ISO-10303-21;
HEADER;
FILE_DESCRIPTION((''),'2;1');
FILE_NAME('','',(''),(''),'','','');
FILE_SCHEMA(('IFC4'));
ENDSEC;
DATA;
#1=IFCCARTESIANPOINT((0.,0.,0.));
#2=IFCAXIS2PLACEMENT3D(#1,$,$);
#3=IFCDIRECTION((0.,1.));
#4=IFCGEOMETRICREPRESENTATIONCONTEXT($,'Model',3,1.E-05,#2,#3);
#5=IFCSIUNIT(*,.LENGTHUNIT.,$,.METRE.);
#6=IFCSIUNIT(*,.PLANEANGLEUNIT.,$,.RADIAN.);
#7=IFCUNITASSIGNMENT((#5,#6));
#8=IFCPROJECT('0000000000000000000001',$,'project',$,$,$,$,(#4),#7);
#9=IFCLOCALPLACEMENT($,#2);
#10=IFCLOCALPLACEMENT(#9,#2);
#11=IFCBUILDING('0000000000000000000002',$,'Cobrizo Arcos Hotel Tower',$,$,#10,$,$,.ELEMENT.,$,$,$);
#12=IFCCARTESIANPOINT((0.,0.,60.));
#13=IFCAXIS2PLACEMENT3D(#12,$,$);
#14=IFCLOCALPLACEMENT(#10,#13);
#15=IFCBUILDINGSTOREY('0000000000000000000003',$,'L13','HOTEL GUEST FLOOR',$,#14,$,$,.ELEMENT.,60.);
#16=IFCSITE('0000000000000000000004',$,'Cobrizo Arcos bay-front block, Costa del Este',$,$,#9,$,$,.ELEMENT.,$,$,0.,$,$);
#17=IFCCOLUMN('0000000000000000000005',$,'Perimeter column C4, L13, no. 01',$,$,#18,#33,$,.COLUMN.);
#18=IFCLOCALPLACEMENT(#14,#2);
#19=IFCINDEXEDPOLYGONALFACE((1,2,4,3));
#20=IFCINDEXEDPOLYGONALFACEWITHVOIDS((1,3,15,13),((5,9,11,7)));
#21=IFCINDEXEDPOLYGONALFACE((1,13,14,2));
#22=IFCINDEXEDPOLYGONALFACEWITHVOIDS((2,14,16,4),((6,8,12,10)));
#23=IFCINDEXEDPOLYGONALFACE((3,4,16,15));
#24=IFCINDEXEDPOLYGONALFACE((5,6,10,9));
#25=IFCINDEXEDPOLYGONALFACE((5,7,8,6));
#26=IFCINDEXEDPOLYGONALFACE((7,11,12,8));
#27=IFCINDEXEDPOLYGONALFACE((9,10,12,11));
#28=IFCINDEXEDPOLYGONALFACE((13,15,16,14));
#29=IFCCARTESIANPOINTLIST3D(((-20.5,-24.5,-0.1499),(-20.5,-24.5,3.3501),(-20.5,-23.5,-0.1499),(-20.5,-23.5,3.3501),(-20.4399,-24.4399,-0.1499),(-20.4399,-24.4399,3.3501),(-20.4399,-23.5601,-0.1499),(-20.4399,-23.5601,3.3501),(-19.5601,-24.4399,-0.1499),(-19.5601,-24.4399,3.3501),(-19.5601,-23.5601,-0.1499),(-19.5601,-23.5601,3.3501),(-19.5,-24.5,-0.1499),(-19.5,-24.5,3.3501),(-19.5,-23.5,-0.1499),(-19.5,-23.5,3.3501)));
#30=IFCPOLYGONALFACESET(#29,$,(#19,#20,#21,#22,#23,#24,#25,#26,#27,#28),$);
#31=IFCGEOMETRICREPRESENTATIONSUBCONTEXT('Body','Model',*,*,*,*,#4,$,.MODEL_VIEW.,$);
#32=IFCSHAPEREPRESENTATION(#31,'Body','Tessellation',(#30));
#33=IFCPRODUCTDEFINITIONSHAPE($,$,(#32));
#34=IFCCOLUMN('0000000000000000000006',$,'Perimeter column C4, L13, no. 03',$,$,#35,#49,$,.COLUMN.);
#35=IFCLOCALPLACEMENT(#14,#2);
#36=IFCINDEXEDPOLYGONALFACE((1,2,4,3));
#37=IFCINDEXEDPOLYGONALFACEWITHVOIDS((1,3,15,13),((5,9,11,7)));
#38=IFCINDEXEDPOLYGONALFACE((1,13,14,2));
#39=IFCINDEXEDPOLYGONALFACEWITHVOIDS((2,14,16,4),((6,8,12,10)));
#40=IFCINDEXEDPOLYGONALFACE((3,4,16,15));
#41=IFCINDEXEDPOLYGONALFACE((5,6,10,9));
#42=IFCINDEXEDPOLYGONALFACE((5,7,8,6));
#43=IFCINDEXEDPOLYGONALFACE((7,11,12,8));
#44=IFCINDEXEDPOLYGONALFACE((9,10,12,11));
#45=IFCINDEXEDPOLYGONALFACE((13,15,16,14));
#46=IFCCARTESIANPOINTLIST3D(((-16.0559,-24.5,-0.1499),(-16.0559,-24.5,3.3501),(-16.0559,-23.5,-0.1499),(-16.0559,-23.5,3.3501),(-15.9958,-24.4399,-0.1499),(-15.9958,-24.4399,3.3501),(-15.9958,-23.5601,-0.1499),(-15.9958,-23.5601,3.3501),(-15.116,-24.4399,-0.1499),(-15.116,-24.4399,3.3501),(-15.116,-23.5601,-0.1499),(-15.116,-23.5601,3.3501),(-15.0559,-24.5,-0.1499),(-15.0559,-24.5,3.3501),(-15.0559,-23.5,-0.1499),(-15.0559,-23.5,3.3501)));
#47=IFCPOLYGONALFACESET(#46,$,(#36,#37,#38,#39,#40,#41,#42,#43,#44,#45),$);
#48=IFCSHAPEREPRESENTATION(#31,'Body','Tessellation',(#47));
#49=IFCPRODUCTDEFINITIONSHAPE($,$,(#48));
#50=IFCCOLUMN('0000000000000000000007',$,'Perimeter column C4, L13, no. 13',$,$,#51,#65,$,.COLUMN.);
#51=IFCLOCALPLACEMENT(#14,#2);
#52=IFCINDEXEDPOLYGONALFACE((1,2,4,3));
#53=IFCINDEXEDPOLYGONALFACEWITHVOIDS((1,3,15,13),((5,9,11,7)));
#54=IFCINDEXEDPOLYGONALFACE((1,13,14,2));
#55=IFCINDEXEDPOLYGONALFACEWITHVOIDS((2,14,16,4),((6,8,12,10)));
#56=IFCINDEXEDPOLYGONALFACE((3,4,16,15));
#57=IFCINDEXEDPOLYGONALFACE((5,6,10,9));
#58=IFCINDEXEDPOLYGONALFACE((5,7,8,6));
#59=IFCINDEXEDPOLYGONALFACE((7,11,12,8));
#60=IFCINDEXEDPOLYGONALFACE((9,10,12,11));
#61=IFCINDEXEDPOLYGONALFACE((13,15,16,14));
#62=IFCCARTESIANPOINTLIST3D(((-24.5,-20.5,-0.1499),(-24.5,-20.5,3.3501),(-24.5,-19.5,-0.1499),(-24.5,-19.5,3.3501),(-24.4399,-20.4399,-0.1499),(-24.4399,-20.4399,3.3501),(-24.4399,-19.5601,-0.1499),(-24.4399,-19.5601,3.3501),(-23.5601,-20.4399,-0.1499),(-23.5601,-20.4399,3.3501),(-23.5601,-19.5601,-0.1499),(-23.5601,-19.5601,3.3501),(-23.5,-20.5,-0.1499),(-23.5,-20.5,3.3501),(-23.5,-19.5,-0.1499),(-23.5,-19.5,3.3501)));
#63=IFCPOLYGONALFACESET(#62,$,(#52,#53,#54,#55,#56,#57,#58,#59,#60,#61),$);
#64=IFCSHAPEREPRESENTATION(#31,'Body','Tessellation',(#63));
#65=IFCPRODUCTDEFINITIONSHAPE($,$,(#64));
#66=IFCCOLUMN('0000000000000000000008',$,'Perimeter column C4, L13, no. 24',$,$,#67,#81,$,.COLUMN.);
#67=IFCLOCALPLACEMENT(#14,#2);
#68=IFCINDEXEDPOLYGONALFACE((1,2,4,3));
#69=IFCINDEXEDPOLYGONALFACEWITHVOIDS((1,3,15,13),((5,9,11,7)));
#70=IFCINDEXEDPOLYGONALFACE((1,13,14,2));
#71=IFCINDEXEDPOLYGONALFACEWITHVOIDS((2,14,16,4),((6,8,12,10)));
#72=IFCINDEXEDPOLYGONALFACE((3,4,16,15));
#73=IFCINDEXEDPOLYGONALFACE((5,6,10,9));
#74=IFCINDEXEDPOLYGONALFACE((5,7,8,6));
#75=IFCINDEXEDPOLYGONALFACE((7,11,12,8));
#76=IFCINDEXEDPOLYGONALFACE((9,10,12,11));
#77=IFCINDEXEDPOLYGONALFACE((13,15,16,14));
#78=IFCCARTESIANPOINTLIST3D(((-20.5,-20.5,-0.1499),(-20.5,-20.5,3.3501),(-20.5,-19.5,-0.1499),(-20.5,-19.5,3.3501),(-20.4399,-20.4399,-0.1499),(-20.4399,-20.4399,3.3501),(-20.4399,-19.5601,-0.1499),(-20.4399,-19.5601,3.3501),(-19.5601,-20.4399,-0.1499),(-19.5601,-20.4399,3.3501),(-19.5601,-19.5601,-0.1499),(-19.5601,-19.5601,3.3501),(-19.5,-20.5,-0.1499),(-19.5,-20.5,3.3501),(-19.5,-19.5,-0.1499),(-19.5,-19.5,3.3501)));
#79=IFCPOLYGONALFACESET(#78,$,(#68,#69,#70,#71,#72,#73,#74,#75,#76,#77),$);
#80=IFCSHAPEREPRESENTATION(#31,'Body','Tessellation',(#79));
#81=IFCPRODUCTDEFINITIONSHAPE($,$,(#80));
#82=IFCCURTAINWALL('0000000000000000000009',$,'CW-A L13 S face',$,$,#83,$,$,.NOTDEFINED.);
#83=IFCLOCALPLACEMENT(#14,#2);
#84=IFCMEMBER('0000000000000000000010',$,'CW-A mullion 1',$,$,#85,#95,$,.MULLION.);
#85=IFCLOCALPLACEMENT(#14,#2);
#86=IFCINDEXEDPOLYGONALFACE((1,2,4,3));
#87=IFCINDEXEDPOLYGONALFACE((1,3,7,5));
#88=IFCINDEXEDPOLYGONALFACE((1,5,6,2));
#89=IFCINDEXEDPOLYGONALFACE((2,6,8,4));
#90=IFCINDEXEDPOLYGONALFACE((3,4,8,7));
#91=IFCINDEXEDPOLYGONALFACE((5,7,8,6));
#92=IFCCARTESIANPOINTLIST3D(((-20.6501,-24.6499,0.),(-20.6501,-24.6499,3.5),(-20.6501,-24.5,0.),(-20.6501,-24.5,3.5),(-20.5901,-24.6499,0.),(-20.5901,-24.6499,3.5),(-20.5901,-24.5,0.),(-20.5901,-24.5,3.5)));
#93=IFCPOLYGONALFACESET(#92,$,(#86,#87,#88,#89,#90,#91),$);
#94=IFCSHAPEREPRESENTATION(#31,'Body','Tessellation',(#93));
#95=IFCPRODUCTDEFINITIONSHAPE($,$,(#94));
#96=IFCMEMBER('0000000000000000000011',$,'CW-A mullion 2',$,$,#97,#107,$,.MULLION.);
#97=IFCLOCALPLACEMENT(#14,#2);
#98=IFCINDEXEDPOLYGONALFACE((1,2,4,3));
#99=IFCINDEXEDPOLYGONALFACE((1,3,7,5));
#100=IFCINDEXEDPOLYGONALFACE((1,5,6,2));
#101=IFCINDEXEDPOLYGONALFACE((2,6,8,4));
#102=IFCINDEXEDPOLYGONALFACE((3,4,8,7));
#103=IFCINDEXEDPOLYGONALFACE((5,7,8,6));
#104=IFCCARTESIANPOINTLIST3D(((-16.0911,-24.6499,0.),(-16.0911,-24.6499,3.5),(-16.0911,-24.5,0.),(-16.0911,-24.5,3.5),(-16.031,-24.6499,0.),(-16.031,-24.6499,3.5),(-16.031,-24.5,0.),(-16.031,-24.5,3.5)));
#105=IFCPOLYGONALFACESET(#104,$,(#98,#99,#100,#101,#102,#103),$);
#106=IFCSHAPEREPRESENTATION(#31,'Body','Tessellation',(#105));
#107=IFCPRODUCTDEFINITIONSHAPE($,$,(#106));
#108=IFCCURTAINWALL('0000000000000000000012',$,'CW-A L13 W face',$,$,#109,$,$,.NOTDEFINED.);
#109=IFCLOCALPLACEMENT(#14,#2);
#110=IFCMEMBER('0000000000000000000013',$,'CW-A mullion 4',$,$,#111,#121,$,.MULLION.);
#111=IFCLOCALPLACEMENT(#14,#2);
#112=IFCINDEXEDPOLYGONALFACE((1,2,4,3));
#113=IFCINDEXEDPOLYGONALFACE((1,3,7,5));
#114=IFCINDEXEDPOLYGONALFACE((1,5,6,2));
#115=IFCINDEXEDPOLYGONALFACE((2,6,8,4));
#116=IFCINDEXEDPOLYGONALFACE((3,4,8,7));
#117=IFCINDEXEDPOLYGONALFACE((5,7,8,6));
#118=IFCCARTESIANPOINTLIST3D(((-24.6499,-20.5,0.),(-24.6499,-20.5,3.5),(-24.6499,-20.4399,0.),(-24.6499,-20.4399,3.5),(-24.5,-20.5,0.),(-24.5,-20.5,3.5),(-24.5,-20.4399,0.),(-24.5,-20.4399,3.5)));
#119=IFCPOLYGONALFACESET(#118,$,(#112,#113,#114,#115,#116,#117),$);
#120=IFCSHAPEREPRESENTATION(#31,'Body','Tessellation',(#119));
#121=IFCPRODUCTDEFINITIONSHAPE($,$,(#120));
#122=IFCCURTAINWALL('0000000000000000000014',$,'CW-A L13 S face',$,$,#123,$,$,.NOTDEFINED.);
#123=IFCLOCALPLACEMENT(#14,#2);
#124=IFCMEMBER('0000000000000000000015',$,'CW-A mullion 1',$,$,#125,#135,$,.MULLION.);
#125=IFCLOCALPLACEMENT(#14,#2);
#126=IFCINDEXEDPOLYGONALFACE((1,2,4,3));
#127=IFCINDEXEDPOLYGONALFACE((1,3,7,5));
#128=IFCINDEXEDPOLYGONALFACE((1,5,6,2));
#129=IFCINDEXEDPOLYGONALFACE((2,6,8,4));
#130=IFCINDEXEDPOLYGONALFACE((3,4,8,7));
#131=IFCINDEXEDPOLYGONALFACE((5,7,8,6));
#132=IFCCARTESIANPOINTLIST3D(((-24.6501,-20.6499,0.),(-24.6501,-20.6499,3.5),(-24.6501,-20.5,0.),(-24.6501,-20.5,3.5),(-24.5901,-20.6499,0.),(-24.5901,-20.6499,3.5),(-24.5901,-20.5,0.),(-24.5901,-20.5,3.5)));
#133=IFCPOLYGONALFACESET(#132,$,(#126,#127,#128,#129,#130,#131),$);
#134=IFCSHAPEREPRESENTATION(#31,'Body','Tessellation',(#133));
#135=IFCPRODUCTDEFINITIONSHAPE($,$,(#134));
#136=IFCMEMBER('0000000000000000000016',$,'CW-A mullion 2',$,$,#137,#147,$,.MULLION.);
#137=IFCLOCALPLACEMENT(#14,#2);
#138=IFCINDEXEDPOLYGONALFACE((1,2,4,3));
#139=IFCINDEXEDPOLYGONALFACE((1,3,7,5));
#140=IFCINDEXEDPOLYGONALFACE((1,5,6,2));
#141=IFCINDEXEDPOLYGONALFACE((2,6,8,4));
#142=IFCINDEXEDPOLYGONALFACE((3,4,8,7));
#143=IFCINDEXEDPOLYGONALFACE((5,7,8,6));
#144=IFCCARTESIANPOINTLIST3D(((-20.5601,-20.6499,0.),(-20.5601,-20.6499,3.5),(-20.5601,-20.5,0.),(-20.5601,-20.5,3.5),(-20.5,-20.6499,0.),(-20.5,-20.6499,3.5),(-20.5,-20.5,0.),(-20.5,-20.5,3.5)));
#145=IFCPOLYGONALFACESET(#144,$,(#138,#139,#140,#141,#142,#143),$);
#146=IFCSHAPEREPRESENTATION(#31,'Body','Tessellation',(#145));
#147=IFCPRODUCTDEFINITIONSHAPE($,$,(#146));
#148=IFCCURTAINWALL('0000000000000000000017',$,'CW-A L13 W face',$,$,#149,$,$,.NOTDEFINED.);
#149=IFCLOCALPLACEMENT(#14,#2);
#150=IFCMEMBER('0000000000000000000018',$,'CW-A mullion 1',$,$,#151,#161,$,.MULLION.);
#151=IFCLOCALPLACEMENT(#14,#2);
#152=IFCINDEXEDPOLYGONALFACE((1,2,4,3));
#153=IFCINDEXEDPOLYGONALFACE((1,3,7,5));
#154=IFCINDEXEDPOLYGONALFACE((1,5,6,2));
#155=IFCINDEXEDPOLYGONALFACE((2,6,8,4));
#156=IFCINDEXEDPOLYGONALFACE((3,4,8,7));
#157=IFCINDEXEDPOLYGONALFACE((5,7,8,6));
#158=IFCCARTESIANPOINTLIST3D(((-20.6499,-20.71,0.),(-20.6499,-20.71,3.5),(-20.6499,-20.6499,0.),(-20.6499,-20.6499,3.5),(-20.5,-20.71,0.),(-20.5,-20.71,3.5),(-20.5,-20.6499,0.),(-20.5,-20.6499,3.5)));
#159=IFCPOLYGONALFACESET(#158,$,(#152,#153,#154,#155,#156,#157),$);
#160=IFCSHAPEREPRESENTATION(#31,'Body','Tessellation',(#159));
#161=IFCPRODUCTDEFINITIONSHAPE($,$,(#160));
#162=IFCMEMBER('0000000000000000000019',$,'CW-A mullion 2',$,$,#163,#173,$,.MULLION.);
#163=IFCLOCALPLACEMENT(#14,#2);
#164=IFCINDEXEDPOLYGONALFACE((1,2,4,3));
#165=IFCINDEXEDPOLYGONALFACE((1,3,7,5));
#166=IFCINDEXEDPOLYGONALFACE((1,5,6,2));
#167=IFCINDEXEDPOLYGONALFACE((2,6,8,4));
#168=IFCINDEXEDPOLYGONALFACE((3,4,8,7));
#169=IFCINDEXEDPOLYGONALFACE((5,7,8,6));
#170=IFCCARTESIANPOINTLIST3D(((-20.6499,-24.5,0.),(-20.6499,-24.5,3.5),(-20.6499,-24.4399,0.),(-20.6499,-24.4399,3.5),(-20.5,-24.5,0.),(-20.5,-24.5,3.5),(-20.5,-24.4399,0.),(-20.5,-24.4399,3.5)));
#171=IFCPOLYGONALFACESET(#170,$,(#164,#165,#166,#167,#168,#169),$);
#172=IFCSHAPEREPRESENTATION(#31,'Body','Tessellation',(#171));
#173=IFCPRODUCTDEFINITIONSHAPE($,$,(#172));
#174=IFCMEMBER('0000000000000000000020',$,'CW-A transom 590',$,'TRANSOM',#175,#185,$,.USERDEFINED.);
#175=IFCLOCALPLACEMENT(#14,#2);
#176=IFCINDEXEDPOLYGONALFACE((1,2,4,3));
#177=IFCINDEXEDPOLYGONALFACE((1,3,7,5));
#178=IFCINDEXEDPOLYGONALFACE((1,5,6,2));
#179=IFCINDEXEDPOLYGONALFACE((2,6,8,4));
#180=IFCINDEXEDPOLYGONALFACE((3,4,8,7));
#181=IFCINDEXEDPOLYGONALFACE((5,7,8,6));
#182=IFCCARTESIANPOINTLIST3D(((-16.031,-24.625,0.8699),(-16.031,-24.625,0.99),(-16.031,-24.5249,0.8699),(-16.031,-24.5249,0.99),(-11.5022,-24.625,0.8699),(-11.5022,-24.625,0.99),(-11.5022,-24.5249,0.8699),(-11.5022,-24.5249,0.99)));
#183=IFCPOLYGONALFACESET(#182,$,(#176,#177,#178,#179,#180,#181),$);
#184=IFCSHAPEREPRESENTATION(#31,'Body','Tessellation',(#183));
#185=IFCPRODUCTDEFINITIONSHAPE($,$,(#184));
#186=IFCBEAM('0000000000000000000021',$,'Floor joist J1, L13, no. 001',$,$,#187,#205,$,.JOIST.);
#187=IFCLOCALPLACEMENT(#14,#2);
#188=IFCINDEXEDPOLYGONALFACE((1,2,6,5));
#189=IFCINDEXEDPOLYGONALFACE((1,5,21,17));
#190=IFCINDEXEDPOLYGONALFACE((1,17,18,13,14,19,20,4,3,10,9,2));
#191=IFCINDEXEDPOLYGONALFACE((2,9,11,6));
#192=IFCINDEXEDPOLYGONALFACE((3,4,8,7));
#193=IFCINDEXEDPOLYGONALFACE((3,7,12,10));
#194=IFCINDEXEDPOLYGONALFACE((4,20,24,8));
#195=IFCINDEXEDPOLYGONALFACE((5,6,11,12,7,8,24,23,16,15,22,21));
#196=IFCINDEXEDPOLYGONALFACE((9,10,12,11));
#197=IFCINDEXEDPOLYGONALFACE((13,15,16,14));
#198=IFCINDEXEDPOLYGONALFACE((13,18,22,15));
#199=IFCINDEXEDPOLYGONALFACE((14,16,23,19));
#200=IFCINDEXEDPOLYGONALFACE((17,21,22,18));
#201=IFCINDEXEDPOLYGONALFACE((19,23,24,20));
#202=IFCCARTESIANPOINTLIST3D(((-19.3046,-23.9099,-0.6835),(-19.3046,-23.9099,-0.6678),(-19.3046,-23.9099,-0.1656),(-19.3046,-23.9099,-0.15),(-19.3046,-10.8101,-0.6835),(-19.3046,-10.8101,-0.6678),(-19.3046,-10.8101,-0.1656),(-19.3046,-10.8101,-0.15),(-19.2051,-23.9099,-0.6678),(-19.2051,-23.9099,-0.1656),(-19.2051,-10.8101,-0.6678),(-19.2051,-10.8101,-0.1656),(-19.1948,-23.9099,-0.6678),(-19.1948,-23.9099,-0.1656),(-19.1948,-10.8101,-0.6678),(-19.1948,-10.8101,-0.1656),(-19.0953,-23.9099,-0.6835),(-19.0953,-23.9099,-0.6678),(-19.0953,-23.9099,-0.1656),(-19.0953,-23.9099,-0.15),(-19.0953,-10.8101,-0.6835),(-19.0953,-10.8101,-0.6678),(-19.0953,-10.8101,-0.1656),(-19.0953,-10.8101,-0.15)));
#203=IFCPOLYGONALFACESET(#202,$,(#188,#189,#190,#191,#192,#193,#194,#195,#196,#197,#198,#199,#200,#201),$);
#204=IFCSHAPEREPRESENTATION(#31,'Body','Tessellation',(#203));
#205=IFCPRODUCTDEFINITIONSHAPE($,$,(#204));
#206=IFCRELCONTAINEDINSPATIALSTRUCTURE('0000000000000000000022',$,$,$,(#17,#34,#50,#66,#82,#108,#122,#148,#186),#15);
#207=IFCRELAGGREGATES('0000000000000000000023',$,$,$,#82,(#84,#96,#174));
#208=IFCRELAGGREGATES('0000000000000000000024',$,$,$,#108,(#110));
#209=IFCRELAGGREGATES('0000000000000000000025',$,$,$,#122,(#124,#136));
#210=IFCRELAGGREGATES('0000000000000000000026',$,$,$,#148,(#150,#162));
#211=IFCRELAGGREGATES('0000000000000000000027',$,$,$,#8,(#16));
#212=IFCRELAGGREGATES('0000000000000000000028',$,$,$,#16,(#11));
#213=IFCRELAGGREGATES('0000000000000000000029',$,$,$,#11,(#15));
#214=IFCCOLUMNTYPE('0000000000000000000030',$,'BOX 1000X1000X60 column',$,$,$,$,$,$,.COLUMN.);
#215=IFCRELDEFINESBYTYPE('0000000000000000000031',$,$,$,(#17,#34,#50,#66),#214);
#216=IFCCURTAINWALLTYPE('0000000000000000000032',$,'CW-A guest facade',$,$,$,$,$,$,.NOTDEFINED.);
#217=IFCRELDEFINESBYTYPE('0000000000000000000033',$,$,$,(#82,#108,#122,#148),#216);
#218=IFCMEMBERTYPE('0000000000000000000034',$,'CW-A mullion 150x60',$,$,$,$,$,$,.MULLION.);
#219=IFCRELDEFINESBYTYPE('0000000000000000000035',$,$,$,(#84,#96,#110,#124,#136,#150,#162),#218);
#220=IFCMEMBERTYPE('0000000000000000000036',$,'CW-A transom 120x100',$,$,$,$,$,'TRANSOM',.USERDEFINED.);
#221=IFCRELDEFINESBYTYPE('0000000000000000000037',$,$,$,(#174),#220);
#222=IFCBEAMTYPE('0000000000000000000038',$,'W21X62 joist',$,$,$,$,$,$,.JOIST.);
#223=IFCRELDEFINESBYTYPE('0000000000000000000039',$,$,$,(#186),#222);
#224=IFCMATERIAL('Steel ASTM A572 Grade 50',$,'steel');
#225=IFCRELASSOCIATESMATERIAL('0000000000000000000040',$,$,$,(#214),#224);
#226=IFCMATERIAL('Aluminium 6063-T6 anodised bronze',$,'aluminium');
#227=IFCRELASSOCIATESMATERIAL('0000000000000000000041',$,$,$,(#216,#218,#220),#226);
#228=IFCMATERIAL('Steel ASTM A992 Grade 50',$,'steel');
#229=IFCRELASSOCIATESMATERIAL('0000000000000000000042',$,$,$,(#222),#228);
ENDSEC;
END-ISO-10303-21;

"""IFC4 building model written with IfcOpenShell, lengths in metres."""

from ifc_helpers import new_model, si_unit, direction, frame, origin, origin_2d, place, context, subcontext, project, spatial, rectangle, hollow_rectangle, i_section, extrude, material, material_profile, profile_set, type_object, element, aggregate, save


model = new_model("IFC4")

# Units and contexts
model_context = context("Model", 3, precision=1e-05, world=origin(), true_north=direction((0.0, 1.0)))
body_context = subcontext(model_context, "Body", "Model", "MODEL_VIEW")
ifc_project = project(units=[si_unit("LENGTHUNIT", "METRE"), si_unit("PLANEANGLEUNIT", "RADIAN")], contexts=[model_context])

# Site, building, storey
site_placement = place(None, origin())
site = spatial("IfcSite", under=ifc_project, at=site_placement, Name="Cobrizo Arcos bay-front block, Costa del Este", CompositionType="ELEMENT", RefElevation=0.0)
building_placement = place(site_placement, origin())
building = spatial("IfcBuilding", under=site, at=building_placement, Name="Cobrizo Arcos Hotel Tower", CompositionType="ELEMENT")
storey_placement = place(building_placement, frame((0.0, 0.0, 60.0)))
storey = spatial("IfcBuildingStorey", under=building, at=storey_placement, Name="L13", Description="HOTEL GUEST FLOOR", CompositionType="ELEMENT", Elevation=60.0)

# Columns
ifc_material_1 = material(Name="Steel ASTM A572 Grade 50", Category="steel")
ifc_material_profile_1 = material_profile(ifc_material_1, hollow_rectangle(XDim=1.0, YDim=1.0, WallThickness=0.0601, at=origin_2d()), Name="BOX 1000X1000X60")
ifc_profile_set_1 = profile_set([ifc_material_profile_1], Name="Steel ASTM A572 Grade 50")
column_type = type_object("IfcColumnType", Name="BOX 1000X1000X60 column", PredefinedType="COLUMN", material=ifc_profile_set_1)
for number, where, z_axis, x_axis, name in (
    (1, (-20.0, -24.0, -0.1499), (0.0, 0.0, 1.0), (1.0, 0.0, 0.0), "Perimeter column C4, L13, no. 01"),
    (2, (-15.5559, -24.0, -0.1499), (0.0, 0.0, 1.0), (1.0, 0.0, 0.0), "Perimeter column C4, L13, no. 03"),
    (3, (-24.0, -20.0, -0.1499), (0.0, 0.0, 1.0), (1.0, 0.0, 0.0), "Perimeter column C4, L13, no. 13"),
    (4, (-20.0, -20.0, -0.1499), (0.0, 0.0, 1.0), (1.0, 0.0, 0.0), "Perimeter column C4, L13, no. 24"),
):
    element("IfcColumn", number, at=place(storey_placement, frame(where, z_axis=z_axis, x_axis=x_axis)), inside=storey, type_object=column_type, Name=name, PredefinedType="COLUMN", context=body_context, shape_type="SweptSolid", body=[
        extrude(hollow_rectangle(XDim=1.0, YDim=1.0, WallThickness=0.0601, at=origin_2d()), origin(), (0.0, 0.0, 1.0), 3.5),
    ])

# Curtain wall, members
ifc_material_2 = material(Name="Aluminium 6063-T6 anodised bronze", Category="aluminium")
curtain_wall_type = type_object("IfcCurtainWallType", Name="CW-A guest facade", PredefinedType="NOTDEFINED", material=ifc_material_2)
curtain_wall_1_placement = place(storey_placement, origin())
curtain_wall_1 = element("IfcCurtainWall", 5, at=curtain_wall_1_placement, inside=storey, type_object=curtain_wall_type, Name="CW-A L13 S face", PredefinedType="NOTDEFINED")
ifc_material_profile_2 = material_profile(ifc_material_2, rectangle(XDim=0.1499, YDim=0.0601, at=origin_2d()), Name="CW-A mullion 150x60")
ifc_profile_set_2 = profile_set([ifc_material_profile_2], Name="Aluminium 6063-T6 anodised bronze")
member_type_1 = type_object("IfcMemberType", Name="CW-A mullion 150x60", PredefinedType="MULLION", material=ifc_profile_set_2)
member_1_placement = place(storey_placement, frame((-20.6201, -24.575, 0.0), z_axis=(0.0, 0.0, 1.0), x_axis=(0.0, -1.0, 0.0)))
member_1 = element("IfcMember", 6, at=member_1_placement, type_object=member_type_1, Name="CW-A mullion 1", PredefinedType="MULLION", context=body_context, shape_type="SweptSolid", body=[
    extrude(rectangle(XDim=0.1499, YDim=0.0601, at=origin_2d()), origin(), (0.0, 0.0, 1.0), 3.5),
])
member_2_placement = place(storey_placement, frame((-16.061, -24.575, 0.0), z_axis=(0.0, 0.0, 1.0), x_axis=(0.0, -1.0, 0.0)))
member_2 = element("IfcMember", 7, at=member_2_placement, type_object=member_type_1, Name="CW-A mullion 2", PredefinedType="MULLION", context=body_context, shape_type="SweptSolid", body=[
    extrude(rectangle(XDim=0.1499, YDim=0.0601, at=origin_2d()), origin(), (0.0, 0.0, 1.0), 3.5),
])

# Curtain wall, member
curtain_wall_2_placement = place(storey_placement, origin())
curtain_wall_2 = element("IfcCurtainWall", 8, at=curtain_wall_2_placement, inside=storey, type_object=curtain_wall_type, Name="CW-A L13 W face", PredefinedType="NOTDEFINED")
member_3_placement = place(storey_placement, frame((-24.575, -20.47, 0.0), z_axis=(0.0, 0.0, 1.0), x_axis=(-1.0, 0.0, 0.0)))
member_3 = element("IfcMember", 9, at=member_3_placement, type_object=member_type_1, Name="CW-A mullion 4", PredefinedType="MULLION", context=body_context, shape_type="SweptSolid", body=[
    extrude(rectangle(XDim=0.1499, YDim=0.0601, at=origin_2d()), origin(), (0.0, 0.0, 1.0), 3.5),
])

# Curtain walls, members
curtain_wall_3_placement = place(storey_placement, origin())
curtain_wall_3 = element("IfcCurtainWall", 10, at=curtain_wall_3_placement, inside=storey, type_object=curtain_wall_type, Name="CW-A L13 S face", PredefinedType="NOTDEFINED")
member_4_placement = place(storey_placement, frame((-24.6201, -20.575, 0.0), z_axis=(0.0, 0.0, 1.0), x_axis=(0.0, -1.0, 0.0)))
member_4 = element("IfcMember", 11, at=member_4_placement, type_object=member_type_1, Name="CW-A mullion 1", PredefinedType="MULLION", context=body_context, shape_type="SweptSolid", body=[
    extrude(rectangle(XDim=0.1499, YDim=0.0601, at=origin_2d()), origin(), (0.0, 0.0, 1.0), 3.5),
])
member_5_placement = place(storey_placement, frame((-20.53, -20.575, 0.0), z_axis=(0.0, 0.0, 1.0), x_axis=(0.0, -1.0, 0.0)))
member_5 = element("IfcMember", 12, at=member_5_placement, type_object=member_type_1, Name="CW-A mullion 2", PredefinedType="MULLION", context=body_context, shape_type="SweptSolid", body=[
    extrude(rectangle(XDim=0.1499, YDim=0.0601, at=origin_2d()), origin(), (0.0, 0.0, 1.0), 3.5),
])
curtain_wall_4_placement = place(storey_placement, origin())
curtain_wall_4 = element("IfcCurtainWall", 13, at=curtain_wall_4_placement, inside=storey, type_object=curtain_wall_type, Name="CW-A L13 W face", PredefinedType="NOTDEFINED")
member_6_placement = place(storey_placement, frame((-20.575, -20.6799, 0.0), z_axis=(0.0, 0.0, 1.0), x_axis=(-1.0, 0.0, 0.0)))
member_6 = element("IfcMember", 14, at=member_6_placement, type_object=member_type_1, Name="CW-A mullion 1", PredefinedType="MULLION", context=body_context, shape_type="SweptSolid", body=[
    extrude(rectangle(XDim=0.1499, YDim=0.0601, at=origin_2d()), origin(), (0.0, 0.0, 1.0), 3.5),
])
member_7_placement = place(storey_placement, frame((-20.575, -24.47, 0.0), z_axis=(0.0, 0.0, 1.0), x_axis=(-1.0, 0.0, 0.0)))
member_7 = element("IfcMember", 15, at=member_7_placement, type_object=member_type_1, Name="CW-A mullion 2", PredefinedType="MULLION", context=body_context, shape_type="SweptSolid", body=[
    extrude(rectangle(XDim=0.1499, YDim=0.0601, at=origin_2d()), origin(), (0.0, 0.0, 1.0), 3.5),
])

# Member
ifc_material_profile_3 = material_profile(ifc_material_2, rectangle(XDim=0.1001, YDim=0.1201, at=origin_2d()), Name="CW-A transom 120x100")
ifc_profile_set_3 = profile_set([ifc_material_profile_3], Name="Aluminium 6063-T6 anodised bronze")
member_type_2 = type_object("IfcMemberType", Name="CW-A transom 120x100", ElementType="TRANSOM", PredefinedType="USERDEFINED", material=ifc_profile_set_3)
member_8_placement = place(storey_placement, frame((-16.031, -24.575, 0.9299), z_axis=(1.0, 0.0, 0.0), x_axis=(0.0, 1.0, 0.0)))
member_8 = element("IfcMember", 16, at=member_8_placement, type_object=member_type_2, Name="CW-A transom 590", ObjectType="TRANSOM", PredefinedType="USERDEFINED", context=body_context, shape_type="SweptSolid", body=[
    extrude(rectangle(XDim=0.1001, YDim=0.1201, at=origin_2d()), origin(), (0.0, 0.0, 1.0), 4.5288),
])

# Beam
ifc_material_3 = material(Name="Steel ASTM A992 Grade 50", Category="steel")
ifc_material_profile_4 = material_profile(ifc_material_3, i_section(OverallWidth=0.2092, OverallDepth=0.5334, WebThickness=0.0103, FlangeThickness=0.0156, at=origin_2d()), Name="W21X62")
ifc_profile_set_4 = profile_set([ifc_material_profile_4], Name="Steel ASTM A992 Grade 50")
beam_type_1 = type_object("IfcBeamType", Name="W21X62 joist", PredefinedType="JOIST", material=ifc_profile_set_4)
beam_placement = place(storey_placement, frame((-19.2, -23.9099, -0.4167), z_axis=(0.0, 1.0, 0.0), x_axis=(-1.0, 0.0, 0.0)))
element("IfcBeam", 17, at=beam_placement, inside=storey, type_object=beam_type_1, Name="Floor joist J1, L13, no. 001", PredefinedType="JOIST", context=body_context, shape_type="SweptSolid", body=[
    extrude(i_section(OverallWidth=0.2092, OverallDepth=0.5334, WebThickness=0.0103, FlangeThickness=0.0156, at=origin_2d()), origin(), (0.0, 0.0, 1.0), 13.0999),
])

aggregate(curtain_wall_1, [member_1, member_2, member_8])
aggregate(curtain_wall_2, [member_3])
aggregate(curtain_wall_3, [member_4, member_5])
aggregate(curtain_wall_4, [member_6, member_7])

save(model, "model.ifc")
